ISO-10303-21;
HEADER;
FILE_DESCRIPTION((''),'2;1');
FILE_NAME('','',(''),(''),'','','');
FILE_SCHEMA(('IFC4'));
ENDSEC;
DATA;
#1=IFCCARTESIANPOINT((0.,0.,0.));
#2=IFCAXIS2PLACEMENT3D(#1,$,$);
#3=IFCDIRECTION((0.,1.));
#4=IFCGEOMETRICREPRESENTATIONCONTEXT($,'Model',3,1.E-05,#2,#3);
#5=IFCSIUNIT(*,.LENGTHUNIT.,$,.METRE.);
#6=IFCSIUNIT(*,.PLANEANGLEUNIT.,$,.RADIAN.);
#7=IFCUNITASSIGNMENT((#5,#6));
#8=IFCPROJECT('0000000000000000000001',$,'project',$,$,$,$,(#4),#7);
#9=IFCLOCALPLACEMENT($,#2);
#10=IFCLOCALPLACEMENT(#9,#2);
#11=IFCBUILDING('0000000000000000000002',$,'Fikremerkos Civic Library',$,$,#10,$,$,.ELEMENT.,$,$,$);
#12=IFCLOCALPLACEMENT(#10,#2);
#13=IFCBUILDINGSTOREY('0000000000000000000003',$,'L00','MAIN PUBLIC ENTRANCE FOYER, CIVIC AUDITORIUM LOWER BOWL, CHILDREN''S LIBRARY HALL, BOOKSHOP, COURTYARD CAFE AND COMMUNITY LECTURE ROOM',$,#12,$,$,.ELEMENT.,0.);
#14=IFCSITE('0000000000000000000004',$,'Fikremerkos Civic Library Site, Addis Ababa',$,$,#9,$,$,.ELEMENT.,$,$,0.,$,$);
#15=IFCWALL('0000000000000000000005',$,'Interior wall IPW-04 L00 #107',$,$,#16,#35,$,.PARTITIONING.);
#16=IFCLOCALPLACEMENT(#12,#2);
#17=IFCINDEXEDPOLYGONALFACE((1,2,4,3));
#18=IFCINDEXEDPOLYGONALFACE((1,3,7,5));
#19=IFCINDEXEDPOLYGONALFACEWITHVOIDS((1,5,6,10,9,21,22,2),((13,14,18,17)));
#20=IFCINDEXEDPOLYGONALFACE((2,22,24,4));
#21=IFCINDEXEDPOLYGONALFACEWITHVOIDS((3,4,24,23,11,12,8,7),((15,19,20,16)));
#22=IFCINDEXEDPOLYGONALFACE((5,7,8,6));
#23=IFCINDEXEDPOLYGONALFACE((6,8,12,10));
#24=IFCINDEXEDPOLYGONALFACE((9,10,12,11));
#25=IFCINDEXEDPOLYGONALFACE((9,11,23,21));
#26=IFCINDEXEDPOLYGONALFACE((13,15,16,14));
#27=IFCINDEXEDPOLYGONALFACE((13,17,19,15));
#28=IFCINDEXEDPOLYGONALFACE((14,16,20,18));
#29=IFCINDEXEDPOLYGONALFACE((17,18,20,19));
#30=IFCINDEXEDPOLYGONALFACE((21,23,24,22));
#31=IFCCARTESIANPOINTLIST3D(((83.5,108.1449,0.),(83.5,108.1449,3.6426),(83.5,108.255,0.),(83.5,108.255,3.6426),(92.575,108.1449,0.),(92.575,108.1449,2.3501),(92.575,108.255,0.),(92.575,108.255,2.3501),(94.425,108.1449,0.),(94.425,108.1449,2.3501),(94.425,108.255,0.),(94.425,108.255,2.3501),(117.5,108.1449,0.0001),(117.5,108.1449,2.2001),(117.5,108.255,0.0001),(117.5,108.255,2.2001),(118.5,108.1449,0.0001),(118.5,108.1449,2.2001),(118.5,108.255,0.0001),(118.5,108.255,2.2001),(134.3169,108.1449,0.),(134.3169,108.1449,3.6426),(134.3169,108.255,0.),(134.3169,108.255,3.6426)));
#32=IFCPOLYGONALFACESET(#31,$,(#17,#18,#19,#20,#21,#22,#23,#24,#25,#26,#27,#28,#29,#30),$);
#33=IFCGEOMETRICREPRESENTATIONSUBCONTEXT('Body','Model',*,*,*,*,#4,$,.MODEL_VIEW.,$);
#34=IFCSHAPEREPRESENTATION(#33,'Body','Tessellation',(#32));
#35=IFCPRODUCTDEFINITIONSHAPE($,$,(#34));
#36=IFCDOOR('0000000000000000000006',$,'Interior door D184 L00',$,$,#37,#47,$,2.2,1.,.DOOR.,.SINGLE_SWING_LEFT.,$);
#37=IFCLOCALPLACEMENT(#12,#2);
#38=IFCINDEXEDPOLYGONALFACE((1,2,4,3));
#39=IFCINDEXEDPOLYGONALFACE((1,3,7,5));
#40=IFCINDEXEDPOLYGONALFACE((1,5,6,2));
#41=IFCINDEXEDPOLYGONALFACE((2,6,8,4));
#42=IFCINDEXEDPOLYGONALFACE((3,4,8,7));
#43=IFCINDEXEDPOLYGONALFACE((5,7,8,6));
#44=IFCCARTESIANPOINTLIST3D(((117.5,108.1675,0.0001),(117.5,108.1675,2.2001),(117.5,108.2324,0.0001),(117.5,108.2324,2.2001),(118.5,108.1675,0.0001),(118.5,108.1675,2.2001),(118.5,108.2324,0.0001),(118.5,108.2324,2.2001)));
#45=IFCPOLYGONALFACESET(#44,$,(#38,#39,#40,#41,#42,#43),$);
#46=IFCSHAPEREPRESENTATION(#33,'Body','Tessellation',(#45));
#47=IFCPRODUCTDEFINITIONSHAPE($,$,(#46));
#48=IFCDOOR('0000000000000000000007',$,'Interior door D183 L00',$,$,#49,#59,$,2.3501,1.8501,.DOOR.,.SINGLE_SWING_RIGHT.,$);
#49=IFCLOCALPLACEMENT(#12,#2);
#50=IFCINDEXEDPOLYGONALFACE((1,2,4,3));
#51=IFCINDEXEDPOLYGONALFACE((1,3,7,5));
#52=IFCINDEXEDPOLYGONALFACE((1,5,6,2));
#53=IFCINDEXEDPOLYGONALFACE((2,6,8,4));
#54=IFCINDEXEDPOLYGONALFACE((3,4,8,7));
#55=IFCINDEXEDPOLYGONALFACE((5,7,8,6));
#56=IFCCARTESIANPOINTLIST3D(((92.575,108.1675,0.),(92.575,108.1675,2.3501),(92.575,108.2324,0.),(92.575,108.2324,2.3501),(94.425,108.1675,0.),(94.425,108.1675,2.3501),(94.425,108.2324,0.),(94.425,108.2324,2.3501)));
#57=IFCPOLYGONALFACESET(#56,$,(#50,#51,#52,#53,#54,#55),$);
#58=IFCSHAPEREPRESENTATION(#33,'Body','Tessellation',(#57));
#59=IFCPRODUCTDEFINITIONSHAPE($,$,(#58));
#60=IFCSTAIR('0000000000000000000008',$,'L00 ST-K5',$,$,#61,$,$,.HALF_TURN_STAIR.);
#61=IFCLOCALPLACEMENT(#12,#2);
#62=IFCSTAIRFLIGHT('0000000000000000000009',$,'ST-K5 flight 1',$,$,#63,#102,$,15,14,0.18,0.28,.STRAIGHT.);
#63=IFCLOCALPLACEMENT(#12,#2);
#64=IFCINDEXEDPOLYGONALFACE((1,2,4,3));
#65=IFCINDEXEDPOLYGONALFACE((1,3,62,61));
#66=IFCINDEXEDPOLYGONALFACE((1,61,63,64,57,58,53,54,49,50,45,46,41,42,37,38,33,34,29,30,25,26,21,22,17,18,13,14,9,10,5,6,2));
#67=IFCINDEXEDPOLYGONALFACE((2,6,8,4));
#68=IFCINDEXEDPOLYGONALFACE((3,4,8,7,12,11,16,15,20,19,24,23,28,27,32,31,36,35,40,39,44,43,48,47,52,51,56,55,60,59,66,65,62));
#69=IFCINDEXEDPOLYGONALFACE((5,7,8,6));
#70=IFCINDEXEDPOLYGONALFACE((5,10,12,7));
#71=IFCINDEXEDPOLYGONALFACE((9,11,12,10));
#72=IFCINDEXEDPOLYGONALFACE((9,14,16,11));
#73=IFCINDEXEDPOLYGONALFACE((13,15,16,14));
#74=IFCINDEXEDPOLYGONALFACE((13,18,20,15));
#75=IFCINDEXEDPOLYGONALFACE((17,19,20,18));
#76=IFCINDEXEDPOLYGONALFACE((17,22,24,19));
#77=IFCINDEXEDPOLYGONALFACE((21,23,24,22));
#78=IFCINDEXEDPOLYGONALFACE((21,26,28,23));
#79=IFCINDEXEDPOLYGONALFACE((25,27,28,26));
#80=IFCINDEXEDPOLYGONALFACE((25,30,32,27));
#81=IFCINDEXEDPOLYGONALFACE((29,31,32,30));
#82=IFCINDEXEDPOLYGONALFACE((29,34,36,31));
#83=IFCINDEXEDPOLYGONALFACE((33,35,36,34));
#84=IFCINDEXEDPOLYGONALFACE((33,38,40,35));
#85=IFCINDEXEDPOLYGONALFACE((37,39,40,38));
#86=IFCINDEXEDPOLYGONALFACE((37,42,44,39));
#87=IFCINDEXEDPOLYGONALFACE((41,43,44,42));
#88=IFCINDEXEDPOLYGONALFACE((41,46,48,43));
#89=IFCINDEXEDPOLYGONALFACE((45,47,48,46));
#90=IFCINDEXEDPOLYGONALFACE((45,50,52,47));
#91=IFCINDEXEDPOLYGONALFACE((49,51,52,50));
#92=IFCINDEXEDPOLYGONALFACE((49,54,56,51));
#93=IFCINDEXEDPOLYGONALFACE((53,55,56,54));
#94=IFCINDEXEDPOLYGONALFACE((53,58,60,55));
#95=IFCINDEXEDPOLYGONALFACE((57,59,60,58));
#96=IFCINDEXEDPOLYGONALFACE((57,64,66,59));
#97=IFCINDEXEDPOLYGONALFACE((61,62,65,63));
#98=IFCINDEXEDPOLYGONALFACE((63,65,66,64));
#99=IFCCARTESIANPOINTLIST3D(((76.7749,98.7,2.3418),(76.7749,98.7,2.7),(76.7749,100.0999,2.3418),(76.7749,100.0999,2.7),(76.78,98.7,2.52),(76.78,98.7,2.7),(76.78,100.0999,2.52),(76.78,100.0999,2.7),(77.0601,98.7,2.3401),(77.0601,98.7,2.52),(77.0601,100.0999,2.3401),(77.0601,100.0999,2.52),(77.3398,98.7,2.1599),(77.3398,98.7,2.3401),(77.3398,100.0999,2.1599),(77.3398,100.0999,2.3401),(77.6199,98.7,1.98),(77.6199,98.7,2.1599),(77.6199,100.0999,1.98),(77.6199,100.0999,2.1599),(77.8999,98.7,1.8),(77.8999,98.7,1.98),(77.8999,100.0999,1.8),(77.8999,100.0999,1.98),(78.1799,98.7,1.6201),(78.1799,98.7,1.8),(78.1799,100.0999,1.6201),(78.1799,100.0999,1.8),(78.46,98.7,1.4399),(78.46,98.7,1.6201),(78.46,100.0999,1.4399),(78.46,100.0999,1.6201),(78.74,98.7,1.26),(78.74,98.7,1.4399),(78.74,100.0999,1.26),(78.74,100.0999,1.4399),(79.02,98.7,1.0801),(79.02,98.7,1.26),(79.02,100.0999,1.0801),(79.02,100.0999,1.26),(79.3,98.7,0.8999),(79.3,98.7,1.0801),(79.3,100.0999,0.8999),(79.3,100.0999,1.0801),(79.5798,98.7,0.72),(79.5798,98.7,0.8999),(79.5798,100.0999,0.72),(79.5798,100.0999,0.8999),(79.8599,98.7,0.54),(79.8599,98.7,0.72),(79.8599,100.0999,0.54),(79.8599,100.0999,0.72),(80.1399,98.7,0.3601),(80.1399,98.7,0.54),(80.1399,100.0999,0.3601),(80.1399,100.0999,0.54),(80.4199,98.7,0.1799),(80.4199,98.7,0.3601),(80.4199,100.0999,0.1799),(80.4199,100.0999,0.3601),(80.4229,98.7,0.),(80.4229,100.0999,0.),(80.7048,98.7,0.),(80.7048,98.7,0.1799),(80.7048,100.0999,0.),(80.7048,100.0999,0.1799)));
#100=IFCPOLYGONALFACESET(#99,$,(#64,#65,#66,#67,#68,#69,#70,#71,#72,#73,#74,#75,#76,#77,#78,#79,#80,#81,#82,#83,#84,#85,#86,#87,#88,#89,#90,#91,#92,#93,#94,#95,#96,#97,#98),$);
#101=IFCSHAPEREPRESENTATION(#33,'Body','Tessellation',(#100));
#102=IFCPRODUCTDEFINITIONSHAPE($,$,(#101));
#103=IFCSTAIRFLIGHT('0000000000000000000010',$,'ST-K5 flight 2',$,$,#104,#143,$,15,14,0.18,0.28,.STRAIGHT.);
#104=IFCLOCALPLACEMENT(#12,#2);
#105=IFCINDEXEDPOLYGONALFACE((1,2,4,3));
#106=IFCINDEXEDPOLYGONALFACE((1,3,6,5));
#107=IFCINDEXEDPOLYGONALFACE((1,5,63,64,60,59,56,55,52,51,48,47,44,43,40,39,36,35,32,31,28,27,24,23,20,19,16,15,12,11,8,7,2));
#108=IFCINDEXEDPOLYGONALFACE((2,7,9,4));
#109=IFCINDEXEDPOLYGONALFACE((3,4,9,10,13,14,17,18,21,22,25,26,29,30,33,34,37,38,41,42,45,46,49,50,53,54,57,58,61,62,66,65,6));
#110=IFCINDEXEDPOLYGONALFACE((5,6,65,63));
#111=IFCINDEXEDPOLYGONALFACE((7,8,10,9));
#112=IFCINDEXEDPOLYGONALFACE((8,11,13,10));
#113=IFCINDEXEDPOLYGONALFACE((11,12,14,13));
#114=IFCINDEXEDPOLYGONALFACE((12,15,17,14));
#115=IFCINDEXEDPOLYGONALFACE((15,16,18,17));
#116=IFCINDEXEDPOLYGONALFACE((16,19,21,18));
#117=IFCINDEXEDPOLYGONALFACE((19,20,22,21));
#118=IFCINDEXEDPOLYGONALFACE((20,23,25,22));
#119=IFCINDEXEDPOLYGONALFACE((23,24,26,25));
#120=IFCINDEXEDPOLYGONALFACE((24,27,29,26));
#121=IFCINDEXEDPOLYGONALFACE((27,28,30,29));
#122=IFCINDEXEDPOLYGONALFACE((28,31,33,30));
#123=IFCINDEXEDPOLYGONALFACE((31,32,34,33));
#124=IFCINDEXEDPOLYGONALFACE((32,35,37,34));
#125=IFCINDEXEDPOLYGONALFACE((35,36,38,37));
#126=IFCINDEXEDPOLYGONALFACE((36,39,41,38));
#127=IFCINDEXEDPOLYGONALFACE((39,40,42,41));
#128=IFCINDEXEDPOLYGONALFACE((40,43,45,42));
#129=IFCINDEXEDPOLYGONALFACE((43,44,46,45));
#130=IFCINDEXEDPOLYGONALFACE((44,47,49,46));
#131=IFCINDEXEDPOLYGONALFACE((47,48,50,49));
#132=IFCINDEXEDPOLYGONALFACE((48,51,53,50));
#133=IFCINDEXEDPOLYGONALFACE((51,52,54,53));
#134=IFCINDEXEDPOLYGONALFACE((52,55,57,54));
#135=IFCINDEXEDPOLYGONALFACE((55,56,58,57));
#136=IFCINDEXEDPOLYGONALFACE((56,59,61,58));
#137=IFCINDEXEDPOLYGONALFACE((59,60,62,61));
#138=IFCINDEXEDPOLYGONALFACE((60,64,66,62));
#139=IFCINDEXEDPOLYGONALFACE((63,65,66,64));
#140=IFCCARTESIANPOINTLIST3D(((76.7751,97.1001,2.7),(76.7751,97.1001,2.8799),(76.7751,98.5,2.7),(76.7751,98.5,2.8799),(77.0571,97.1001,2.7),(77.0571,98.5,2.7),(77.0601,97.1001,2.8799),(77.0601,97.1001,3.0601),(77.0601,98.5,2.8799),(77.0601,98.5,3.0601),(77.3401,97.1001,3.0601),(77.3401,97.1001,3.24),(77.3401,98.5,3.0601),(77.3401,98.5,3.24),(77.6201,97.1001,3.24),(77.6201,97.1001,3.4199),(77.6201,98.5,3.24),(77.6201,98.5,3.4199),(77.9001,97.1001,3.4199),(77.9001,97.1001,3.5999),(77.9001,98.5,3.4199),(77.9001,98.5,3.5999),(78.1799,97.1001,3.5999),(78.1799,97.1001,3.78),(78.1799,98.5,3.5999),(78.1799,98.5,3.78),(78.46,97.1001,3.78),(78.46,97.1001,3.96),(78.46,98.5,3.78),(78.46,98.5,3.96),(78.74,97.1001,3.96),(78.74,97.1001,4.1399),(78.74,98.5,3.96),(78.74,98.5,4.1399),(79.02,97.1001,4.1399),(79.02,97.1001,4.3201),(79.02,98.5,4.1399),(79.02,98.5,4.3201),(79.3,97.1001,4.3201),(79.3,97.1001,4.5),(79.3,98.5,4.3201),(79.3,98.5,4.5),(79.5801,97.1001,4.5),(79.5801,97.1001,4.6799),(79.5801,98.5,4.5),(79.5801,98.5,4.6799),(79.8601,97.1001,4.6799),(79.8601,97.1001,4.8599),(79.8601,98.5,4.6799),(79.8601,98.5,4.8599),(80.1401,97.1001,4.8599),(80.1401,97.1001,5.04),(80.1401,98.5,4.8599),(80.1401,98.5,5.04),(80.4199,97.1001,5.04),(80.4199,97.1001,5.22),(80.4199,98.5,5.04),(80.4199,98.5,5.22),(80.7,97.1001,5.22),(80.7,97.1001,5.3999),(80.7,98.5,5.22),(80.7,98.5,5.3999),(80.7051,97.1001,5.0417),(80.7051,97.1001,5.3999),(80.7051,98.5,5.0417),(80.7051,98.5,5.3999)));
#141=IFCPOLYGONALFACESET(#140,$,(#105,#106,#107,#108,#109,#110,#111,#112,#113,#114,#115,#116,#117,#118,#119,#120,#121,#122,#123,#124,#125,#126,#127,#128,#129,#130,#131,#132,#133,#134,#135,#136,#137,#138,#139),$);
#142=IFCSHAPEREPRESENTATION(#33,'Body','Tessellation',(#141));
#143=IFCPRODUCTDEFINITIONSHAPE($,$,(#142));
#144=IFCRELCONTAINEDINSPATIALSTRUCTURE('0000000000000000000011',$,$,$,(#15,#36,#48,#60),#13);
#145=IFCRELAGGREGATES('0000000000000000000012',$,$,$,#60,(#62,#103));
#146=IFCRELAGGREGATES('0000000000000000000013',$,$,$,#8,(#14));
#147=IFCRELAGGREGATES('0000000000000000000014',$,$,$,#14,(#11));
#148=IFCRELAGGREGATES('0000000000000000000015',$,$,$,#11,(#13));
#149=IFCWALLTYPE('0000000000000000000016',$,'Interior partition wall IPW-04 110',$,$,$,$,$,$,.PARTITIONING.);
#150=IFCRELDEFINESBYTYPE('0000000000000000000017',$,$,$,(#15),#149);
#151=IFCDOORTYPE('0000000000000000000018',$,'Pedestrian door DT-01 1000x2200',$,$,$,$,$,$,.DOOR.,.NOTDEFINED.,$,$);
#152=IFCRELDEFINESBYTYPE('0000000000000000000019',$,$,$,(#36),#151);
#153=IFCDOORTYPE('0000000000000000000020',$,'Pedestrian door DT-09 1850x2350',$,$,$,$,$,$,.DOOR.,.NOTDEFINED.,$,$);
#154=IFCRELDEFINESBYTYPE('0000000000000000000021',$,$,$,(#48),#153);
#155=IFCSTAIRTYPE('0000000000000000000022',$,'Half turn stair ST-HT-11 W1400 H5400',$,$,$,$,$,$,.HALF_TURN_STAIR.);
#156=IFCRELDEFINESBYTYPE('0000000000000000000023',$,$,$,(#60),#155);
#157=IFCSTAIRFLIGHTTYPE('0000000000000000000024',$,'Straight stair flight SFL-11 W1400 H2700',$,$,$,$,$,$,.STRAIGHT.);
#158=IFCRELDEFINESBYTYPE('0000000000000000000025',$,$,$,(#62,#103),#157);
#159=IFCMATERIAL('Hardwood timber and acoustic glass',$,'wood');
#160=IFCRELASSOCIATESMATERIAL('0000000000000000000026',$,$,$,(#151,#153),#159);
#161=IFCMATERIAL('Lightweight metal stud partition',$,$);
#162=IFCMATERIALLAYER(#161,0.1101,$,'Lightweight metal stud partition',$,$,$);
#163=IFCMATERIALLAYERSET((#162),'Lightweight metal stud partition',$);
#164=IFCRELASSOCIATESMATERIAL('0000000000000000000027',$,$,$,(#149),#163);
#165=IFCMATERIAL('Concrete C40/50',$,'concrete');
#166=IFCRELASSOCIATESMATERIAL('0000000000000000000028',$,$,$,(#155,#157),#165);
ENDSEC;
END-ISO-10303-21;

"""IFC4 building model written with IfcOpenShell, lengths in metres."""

from ifc_helpers import new_model, si_unit, direction, frame, frame_2d, origin, place, context, subcontext, project, spatial, polyline, rectangle, outline, extrude, material, layer, layer_set, type_object, element, fill, aggregate, save


model = new_model("IFC4")

# Units and contexts
model_context = context("Model", 3, precision=1e-05, world=origin(), true_north=direction((0.0, 1.0)))
body_context = subcontext(model_context, "Body", "Model", "MODEL_VIEW")
ifc_project = project(units=[si_unit("LENGTHUNIT", "METRE"), si_unit("PLANEANGLEUNIT", "RADIAN")], contexts=[model_context])

# Site, building, storey
site_placement = place(None, origin())
site = spatial("IfcSite", under=ifc_project, at=site_placement, Name="Fikremerkos Civic Library Site, Addis Ababa", CompositionType="ELEMENT", RefElevation=0.0)
building_placement = place(site_placement, origin())
building = spatial("IfcBuilding", under=site, at=building_placement, Name="Fikremerkos Civic Library", CompositionType="ELEMENT")
storey_placement = place(building_placement, origin())
storey = spatial("IfcBuildingStorey", under=building, at=storey_placement, Name="L00", Description="MAIN PUBLIC ENTRANCE FOYER, CIVIC AUDITORIUM LOWER BOWL, CHILDREN'S LIBRARY HALL, BOOKSHOP, COURTYARD CAFE AND COMMUNITY LECTURE ROOM", CompositionType="ELEMENT", Elevation=0.0)

# Shared definitions
ifc_material_1 = material(Name="Concrete C40/50", Category="concrete")

# Shared definitions
ifc_material_2 = material(Name="Hardwood timber and acoustic glass", Category="wood")

# Shared definitions
door_type_1 = type_object("IfcDoorType", Name="Pedestrian door DT-01 1000x2200", OperationType="NOTDEFINED", PredefinedType="DOOR", material=ifc_material_2)

# Wall, openings, doors
ifc_material_3 = material(Name="Lightweight metal stud partition")
ifc_layer_1 = layer(ifc_material_3, 0.1101, Name="Lightweight metal stud partition")
ifc_layer_set_1 = layer_set([ifc_layer_1], Name="Lightweight metal stud partition")
wall_type_1 = type_object("IfcWallType", Name="Interior partition wall IPW-04 110", PredefinedType="PARTITIONING", material=ifc_layer_set_1)
wall_1_placement = place(storey_placement, frame((83.5, 108.2, 0.0), z_axis=(0.0, 0.0, 1.0), x_axis=(1.0, 0.0, 0.0)))
wall_1 = element("IfcWall", 1, at=wall_1_placement, inside=storey, type_object=wall_type_1, Name="Interior wall IPW-04 L00 #107", PredefinedType="PARTITIONING", context=body_context, shape_type="SweptSolid", body=[
    extrude(rectangle(XDim=50.8169, YDim=0.1101, at=frame_2d((25.4084, 0.0))), origin(), (0.0, 0.0, 1.0), 3.6426),
])
opening_1_placement = place(wall_1_placement, frame((9.075, 0.0, 0.0)))
opening_1 = element("IfcOpeningElement", 2, at=opening_1_placement, cuts=wall_1, PredefinedType="OPENING", context=body_context, shape_type="SweptSolid", body=[
    extrude(rectangle(XDim=1.8501, YDim=2.3501, at=frame_2d((0.925, 1.175))), frame((0.0, 0.0649, 0.0), z_axis=(0.0, -1.0, 0.0), x_axis=(1.0, 0.0, 0.0)), (0.0, 0.0, 1.0), 0.1301),
])
opening_2_placement = place(wall_1_placement, frame((34.0, 0.0, 0.0)))
opening_2 = element("IfcOpeningElement", 3, at=opening_2_placement, cuts=wall_1, PredefinedType="OPENING", context=body_context, shape_type="SweptSolid", body=[
    extrude(rectangle(XDim=1.0, YDim=2.2, at=frame_2d((0.5, 1.1001))), frame((0.0, 0.0649, 0.0), z_axis=(0.0, -1.0, 0.0), x_axis=(1.0, 0.0, 0.0)), (0.0, 0.0, 1.0), 0.1301),
])
door_1_placement = place(opening_2_placement, origin())
door_1 = element("IfcDoor", 4, at=door_1_placement, inside=storey, type_object=door_type_1, Name="Interior door D184 L00", OperationType="SINGLE_SWING_LEFT", OverallHeight=2.2, OverallWidth=1.0, PredefinedType="DOOR", context=body_context, shape_type="SweptSolid", body=[
    extrude(rectangle(XDim=1.0, YDim=2.2, at=frame_2d((0.5, 1.1001))), frame((0.0, 0.0325, 0.0), z_axis=(0.0, -1.0, 0.0), x_axis=(1.0, 0.0, 0.0)), (0.0, 0.0, 1.0), 0.0649),
])
fill(opening_2, door_1)
door_type_2 = type_object("IfcDoorType", Name="Pedestrian door DT-09 1850x2350", OperationType="NOTDEFINED", PredefinedType="DOOR", material=ifc_material_2)
door_2_placement = place(opening_1_placement, origin())
door_2 = element("IfcDoor", 5, at=door_2_placement, inside=storey, type_object=door_type_2, Name="Interior door D183 L00", OperationType="SINGLE_SWING_RIGHT", OverallHeight=2.3501, OverallWidth=1.8501, PredefinedType="DOOR", context=body_context, shape_type="SweptSolid", body=[
    extrude(rectangle(XDim=1.8501, YDim=2.3501, at=frame_2d((0.925, 1.175))), frame((0.0, 0.0325, 0.0), z_axis=(0.0, -1.0, 0.0), x_axis=(1.0, 0.0, 0.0)), (0.0, 0.0, 1.0), 0.0649),
])
fill(opening_1, door_2)

# Stair, stair flights
stair_type = type_object("IfcStairType", Name="Half turn stair ST-HT-11 W1400 H5400", PredefinedType="HALF_TURN_STAIR", material=ifc_material_1)
stair_placement = place(storey_placement, origin())
stair = element("IfcStair", 6, at=stair_placement, inside=storey, type_object=stair_type, Name="L00 ST-K5", PredefinedType="HALF_TURN_STAIR")
stair_flight_type = type_object("IfcStairFlightType", Name="Straight stair flight SFL-11 W1400 H2700", PredefinedType="STRAIGHT", material=ifc_material_1)
stair_flight_1_placement = place(storey_placement, frame((80.7, 99.3999, 0.0), z_axis=(0.0, 0.0, 1.0), x_axis=(-1.0, 0.0, 0.0)))
stair_flight_1 = element("IfcStairFlight", 7, at=stair_flight_1_placement, type_object=stair_flight_type, Name="ST-K5 flight 1", NumberOfRisers=15, NumberOfTreads=14, PredefinedType="STRAIGHT", RiserHeight=0.18, TreadLength=0.28, context=body_context, shape_type="SweptSolid", body=[
    extrude(outline(polyline([(-0.0049, 0.0), (-0.0049, 0.1799), (0.28, 0.1799), (0.28, 0.3601), (0.5601, 0.3601), (0.5601, 0.54), (0.8401, 0.54), (0.8401, 0.72), (1.1201, 0.72), (1.1201, 0.8999), (1.3999, 0.8999), (1.3999, 1.0801), (1.6799, 1.0801), (1.6799, 1.26), (1.96, 1.26), (1.96, 1.4399), (2.24, 1.4399), (2.24, 1.6201), (2.52, 1.6201), (2.52, 1.8), (2.8, 1.8), (2.8, 1.98), (3.0801, 1.98), (3.0801, 2.1599), (3.3601, 2.1599), (3.3601, 2.3401), (3.6399, 2.3401), (3.6399, 2.52), (3.9199, 2.52), (3.9199, 2.7), (3.925, 2.7), (3.925, 2.3418), (0.2771, 0.0), (-0.0049, 0.0)])), frame((0.0, 0.7, 0.0), z_axis=(0.0, -1.0, 0.0), x_axis=(1.0, 0.0, 0.0)), (0.0, 0.0, 1.0), 1.3999),
])
stair_flight_2_placement = place(storey_placement, frame((76.78, 97.8, 2.7), z_axis=(0.0, 0.0, 1.0), x_axis=(1.0, 0.0, 0.0)))
stair_flight_2 = element("IfcStairFlight", 8, at=stair_flight_2_placement, type_object=stair_flight_type, Name="ST-K5 flight 2", NumberOfRisers=15, NumberOfTreads=14, PredefinedType="STRAIGHT", RiserHeight=0.18, TreadLength=0.28, context=body_context, shape_type="SweptSolid", body=[
    extrude(outline(polyline([(-0.0049, 0.0), (-0.0049, 0.1799), (0.28, 0.1799), (0.28, 0.3601), (0.5601, 0.3601), (0.5601, 0.54), (0.8401, 0.54), (0.8401, 0.72), (1.1201, 0.72), (1.1201, 0.8999), (1.3999, 0.8999), (1.3999, 1.0801), (1.6799, 1.0801), (1.6799, 1.26), (1.96, 1.26), (1.96, 1.4399), (2.24, 1.4399), (2.24, 1.6201), (2.52, 1.6201), (2.52, 1.8), (2.8, 1.8), (2.8, 1.98), (3.0801, 1.98), (3.0801, 2.1599), (3.3601, 2.1599), (3.3601, 2.3401), (3.6399, 2.3401), (3.6399, 2.52), (3.9199, 2.52), (3.9199, 2.7), (3.925, 2.7), (3.925, 2.3418), (0.2771, 0.0), (-0.0049, 0.0)])), frame((0.0, 0.7, 0.0), z_axis=(0.0, -1.0, 0.0), x_axis=(1.0, 0.0, 0.0)), (0.0, 0.0, 1.0), 1.3999),
])
aggregate(stair, [stair_flight_1, stair_flight_2])

save(model, "model.ifc")
